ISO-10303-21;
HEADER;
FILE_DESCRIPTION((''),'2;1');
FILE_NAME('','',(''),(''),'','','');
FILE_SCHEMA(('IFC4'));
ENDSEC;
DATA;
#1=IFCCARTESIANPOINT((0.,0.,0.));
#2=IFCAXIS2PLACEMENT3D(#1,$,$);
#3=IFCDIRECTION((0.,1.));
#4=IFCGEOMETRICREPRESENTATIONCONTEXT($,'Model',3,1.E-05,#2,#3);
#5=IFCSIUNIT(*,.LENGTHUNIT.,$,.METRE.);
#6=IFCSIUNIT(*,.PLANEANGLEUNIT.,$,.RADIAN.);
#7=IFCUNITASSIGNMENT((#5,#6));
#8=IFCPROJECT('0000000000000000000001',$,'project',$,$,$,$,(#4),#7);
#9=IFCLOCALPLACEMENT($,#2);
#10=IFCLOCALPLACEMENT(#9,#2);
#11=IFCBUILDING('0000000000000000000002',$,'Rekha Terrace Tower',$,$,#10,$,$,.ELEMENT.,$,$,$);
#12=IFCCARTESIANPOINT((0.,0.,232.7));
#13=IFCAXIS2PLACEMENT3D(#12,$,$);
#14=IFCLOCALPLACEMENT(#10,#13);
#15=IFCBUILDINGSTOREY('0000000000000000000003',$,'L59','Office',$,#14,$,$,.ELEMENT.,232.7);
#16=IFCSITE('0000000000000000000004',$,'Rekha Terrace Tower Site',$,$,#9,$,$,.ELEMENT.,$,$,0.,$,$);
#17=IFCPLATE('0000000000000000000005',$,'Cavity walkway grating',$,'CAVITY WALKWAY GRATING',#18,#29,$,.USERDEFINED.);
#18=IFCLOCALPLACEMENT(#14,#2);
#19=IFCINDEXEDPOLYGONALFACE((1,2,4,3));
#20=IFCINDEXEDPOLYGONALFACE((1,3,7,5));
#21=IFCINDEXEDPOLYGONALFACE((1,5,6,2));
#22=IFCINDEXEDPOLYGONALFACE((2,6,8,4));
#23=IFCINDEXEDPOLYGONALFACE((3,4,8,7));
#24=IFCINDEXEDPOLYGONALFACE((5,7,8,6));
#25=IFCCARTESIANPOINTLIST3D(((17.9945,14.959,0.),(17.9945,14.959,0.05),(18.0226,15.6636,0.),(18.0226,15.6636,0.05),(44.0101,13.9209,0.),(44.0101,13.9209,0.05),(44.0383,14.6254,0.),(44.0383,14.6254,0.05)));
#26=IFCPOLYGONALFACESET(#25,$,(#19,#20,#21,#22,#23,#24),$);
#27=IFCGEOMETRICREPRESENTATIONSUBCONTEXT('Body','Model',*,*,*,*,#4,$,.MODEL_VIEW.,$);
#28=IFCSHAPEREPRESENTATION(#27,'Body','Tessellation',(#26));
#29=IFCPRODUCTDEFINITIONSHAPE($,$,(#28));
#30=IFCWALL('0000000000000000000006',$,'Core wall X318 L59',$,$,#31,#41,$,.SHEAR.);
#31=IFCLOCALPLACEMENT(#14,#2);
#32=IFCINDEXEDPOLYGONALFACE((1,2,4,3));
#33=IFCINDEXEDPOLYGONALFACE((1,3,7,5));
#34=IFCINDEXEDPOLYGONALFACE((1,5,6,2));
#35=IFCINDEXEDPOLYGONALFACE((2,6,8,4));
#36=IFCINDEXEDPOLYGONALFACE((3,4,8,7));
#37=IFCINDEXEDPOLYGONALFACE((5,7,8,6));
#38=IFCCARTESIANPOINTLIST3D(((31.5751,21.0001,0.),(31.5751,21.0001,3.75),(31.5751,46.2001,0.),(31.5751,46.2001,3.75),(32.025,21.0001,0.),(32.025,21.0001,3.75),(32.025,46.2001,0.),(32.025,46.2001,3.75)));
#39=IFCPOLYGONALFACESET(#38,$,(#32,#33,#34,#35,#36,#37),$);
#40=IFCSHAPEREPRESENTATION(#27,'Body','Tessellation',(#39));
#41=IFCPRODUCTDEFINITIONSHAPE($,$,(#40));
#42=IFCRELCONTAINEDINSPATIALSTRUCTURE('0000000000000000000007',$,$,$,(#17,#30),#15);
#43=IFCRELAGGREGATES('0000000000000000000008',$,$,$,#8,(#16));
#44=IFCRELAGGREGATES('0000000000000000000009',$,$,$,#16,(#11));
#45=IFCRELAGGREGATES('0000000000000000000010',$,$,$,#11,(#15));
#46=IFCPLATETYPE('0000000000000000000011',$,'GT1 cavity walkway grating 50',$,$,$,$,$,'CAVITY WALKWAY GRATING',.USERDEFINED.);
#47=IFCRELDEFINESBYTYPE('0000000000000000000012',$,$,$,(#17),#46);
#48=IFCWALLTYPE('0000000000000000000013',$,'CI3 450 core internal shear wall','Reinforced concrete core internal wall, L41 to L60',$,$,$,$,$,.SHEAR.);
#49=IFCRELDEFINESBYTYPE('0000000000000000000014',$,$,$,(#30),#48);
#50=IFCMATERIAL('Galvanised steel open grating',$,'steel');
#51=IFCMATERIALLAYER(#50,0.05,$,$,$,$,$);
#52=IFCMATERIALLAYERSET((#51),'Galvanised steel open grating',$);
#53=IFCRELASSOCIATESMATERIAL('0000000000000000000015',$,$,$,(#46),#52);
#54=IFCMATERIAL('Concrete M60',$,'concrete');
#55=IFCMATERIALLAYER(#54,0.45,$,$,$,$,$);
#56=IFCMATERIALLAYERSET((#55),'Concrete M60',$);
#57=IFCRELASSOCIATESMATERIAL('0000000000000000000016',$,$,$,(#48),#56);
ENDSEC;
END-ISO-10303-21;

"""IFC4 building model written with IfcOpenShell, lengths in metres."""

from ifc_helpers import new_model, si_unit, direction, frame, frame_2d, origin, origin_2d, place, context, subcontext, project, spatial, rectangle, extrude, material, layer, layer_set, type_object, element, save


model = new_model("IFC4")

# Units and contexts
model_context = context("Model", 3, precision=1e-05, world=origin(), true_north=direction((0.0, 1.0)))
body_context = subcontext(model_context, "Body", "Model", "MODEL_VIEW")
ifc_project = project(units=[si_unit("LENGTHUNIT", "METRE"), si_unit("PLANEANGLEUNIT", "RADIAN")], contexts=[model_context])

# Site, building, storey
site_placement = place(None, origin())
site = spatial("IfcSite", under=ifc_project, at=site_placement, Name="Rekha Terrace Tower Site", CompositionType="ELEMENT", RefElevation=0.0)
building_placement = place(site_placement, origin())
building = spatial("IfcBuilding", under=site, at=building_placement, Name="Rekha Terrace Tower", CompositionType="ELEMENT")
storey_placement = place(building_placement, frame((0.0, 0.0, 232.7)))
storey = spatial("IfcBuildingStorey", under=building, at=storey_placement, Name="L59", Description="Office", CompositionType="ELEMENT", Elevation=232.7)

# Plate
ifc_material_1 = material(Name="Galvanised steel open grating", Category="steel")
ifc_layer_1 = layer(ifc_material_1, 0.05)
ifc_layer_set_1 = layer_set([ifc_layer_1], Name="Galvanised steel open grating")
plate_type_1 = type_object("IfcPlateType", Name="GT1 cavity walkway grating 50", ElementType="CAVITY WALKWAY GRATING", PredefinedType="USERDEFINED", material=ifc_layer_set_1)
plate_1_placement = place(storey_placement, frame((31.0164, 14.7922, 0.0), z_axis=(0.0, 0.0, 1.0), x_axis=(0.999205, -0.039872, 0.0)))
element("IfcPlate", 1, at=plate_1_placement, inside=storey, type_object=plate_type_1, Name="Cavity walkway grating", ObjectType="CAVITY WALKWAY GRATING", PredefinedType="USERDEFINED", context=body_context, shape_type="SweptSolid", body=[
    extrude(rectangle(XDim=26.0364, YDim=0.7051, at=origin_2d()), origin(), (0.0, 0.0, 1.0), 0.05),
])

# Wall
ifc_material_2 = material(Name="Concrete M60", Category="concrete")
ifc_layer_2 = layer(ifc_material_2, 0.45)
ifc_layer_set_2 = layer_set([ifc_layer_2], Name="Concrete M60")
wall_type = type_object("IfcWallType", Name="CI3 450 core internal shear wall", Description="Reinforced concrete core internal wall, L41 to L60", PredefinedType="SHEAR", material=ifc_layer_set_2)
wall_placement = place(storey_placement, frame((31.8, 21.0, 0.0), z_axis=(0.0, 0.0, 1.0), x_axis=(0.0, 1.0, 0.0)))
element("IfcWall", 2, at=wall_placement, inside=storey, type_object=wall_type, Name="Core wall X318 L59", PredefinedType="SHEAR", context=body_context, shape_type="SweptSolid", body=[
    extrude(rectangle(XDim=25.2, YDim=0.45, at=frame_2d((12.6001, 0.0))), origin(), (0.0, 0.0, 1.0), 3.75),
])

save(model, "model.ifc")
